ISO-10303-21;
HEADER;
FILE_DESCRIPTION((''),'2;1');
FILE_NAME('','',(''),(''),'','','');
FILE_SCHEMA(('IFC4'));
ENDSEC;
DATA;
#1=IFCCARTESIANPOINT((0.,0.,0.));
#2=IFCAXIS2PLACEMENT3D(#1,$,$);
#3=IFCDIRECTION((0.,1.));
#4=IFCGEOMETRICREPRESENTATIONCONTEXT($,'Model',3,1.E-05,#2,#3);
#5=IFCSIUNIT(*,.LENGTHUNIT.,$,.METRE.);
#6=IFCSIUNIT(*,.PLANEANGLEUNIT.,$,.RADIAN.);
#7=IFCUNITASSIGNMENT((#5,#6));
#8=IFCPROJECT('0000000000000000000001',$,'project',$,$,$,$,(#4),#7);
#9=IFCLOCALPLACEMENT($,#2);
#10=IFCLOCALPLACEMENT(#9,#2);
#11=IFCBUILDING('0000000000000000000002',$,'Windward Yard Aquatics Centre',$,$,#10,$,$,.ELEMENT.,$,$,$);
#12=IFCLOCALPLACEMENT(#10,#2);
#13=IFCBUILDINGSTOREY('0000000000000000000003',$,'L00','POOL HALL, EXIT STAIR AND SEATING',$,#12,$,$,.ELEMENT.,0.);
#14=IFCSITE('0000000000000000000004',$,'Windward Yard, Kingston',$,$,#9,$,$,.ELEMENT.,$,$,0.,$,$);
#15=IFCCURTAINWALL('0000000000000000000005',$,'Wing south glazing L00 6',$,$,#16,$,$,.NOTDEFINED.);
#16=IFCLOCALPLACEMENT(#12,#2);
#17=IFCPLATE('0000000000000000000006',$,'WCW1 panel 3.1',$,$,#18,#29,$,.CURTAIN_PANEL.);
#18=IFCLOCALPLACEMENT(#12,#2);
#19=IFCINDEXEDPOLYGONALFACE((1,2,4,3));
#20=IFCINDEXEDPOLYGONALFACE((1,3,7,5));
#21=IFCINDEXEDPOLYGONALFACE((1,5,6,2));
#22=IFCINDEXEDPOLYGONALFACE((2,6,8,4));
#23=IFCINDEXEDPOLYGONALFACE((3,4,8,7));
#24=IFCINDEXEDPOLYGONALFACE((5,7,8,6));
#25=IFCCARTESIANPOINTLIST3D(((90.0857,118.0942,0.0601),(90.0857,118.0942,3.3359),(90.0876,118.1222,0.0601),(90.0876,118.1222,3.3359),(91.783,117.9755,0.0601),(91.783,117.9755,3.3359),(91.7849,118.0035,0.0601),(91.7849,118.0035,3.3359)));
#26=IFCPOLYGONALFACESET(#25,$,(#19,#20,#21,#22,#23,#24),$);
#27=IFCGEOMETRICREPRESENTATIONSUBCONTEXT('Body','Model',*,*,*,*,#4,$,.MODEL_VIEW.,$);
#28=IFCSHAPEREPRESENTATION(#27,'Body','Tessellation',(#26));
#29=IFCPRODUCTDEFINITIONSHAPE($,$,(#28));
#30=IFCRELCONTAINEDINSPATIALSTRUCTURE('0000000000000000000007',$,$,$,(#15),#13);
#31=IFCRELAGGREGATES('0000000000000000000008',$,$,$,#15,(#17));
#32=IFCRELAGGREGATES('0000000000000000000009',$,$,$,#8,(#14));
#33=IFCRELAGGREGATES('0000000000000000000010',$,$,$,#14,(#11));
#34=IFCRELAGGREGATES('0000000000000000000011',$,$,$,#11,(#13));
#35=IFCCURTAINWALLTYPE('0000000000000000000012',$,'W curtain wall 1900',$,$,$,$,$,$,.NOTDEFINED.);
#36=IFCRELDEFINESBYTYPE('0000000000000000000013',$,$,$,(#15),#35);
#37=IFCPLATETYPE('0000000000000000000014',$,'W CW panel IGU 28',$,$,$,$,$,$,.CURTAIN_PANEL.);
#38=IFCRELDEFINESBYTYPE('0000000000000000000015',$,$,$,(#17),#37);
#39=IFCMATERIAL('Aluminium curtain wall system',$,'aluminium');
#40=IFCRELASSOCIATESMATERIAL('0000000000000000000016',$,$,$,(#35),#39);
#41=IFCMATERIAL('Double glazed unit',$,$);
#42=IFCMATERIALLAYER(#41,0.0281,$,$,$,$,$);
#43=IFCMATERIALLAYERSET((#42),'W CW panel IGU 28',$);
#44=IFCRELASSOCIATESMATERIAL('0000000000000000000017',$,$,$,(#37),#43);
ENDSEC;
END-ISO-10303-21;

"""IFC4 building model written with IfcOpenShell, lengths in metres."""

from ifc_helpers import new_model, si_unit, direction, frame, origin, origin_2d, place, context, subcontext, project, spatial, rectangle, extrude, material, layer, layer_set, type_object, element, aggregate, save


model = new_model("IFC4")

# Units and contexts
model_context = context("Model", 3, precision=1e-05, world=origin(), true_north=direction((0.0, 1.0)))
body_context = subcontext(model_context, "Body", "Model", "MODEL_VIEW")
ifc_project = project(units=[si_unit("LENGTHUNIT", "METRE"), si_unit("PLANEANGLEUNIT", "RADIAN")], contexts=[model_context])

# Site, building, storey
site_placement = place(None, origin())
site = spatial("IfcSite", under=ifc_project, at=site_placement, Name="Windward Yard, Kingston", CompositionType="ELEMENT", RefElevation=0.0)
building_placement = place(site_placement, origin())
building = spatial("IfcBuilding", under=site, at=building_placement, Name="Windward Yard Aquatics Centre", CompositionType="ELEMENT")
storey_placement = place(building_placement, origin())
storey = spatial("IfcBuildingStorey", under=building, at=storey_placement, Name="L00", Description="POOL HALL, EXIT STAIR AND SEATING", CompositionType="ELEMENT", Elevation=0.0)

# Curtain wall
ifc_material_1 = material(Name="Aluminium curtain wall system", Category="aluminium")
curtain_wall_type = type_object("IfcCurtainWallType", Name="W curtain wall 1900", PredefinedType="NOTDEFINED", material=ifc_material_1)
curtain_wall_1_placement = place(storey_placement, origin())
curtain_wall_1 = element("IfcCurtainWall", 1, at=curtain_wall_1_placement, inside=storey, type_object=curtain_wall_type, Name="Wing south glazing L00 6", PredefinedType="NOTDEFINED")

# Plate
ifc_material_2 = material(Name="Double glazed unit")
ifc_layer = layer(ifc_material_2, 0.0281)
ifc_layer_set = layer_set([ifc_layer], Name="W CW panel IGU 28")
plate_type = type_object("IfcPlateType", Name="W CW panel IGU 28", PredefinedType="CURTAIN_PANEL", material=ifc_layer_set)
plate_1_placement = place(storey_placement, frame((90.9353, 118.0488, 0.0601), z_axis=(0.0, 0.0, 1.0), x_axis=(0.997564, -0.069756, 0.0)))
plate_1 = element("IfcPlate", 2, at=plate_1_placement, type_object=plate_type, Name="WCW1 panel 3.1", PredefinedType="CURTAIN_PANEL", context=body_context, shape_type="SweptSolid", body=[
    extrude(rectangle(XDim=1.7014, YDim=0.0281, at=origin_2d()), origin(), (0.0, 0.0, 1.0), 3.2759),
])
aggregate(curtain_wall_1, [plate_1])

save(model, "model.ifc")
